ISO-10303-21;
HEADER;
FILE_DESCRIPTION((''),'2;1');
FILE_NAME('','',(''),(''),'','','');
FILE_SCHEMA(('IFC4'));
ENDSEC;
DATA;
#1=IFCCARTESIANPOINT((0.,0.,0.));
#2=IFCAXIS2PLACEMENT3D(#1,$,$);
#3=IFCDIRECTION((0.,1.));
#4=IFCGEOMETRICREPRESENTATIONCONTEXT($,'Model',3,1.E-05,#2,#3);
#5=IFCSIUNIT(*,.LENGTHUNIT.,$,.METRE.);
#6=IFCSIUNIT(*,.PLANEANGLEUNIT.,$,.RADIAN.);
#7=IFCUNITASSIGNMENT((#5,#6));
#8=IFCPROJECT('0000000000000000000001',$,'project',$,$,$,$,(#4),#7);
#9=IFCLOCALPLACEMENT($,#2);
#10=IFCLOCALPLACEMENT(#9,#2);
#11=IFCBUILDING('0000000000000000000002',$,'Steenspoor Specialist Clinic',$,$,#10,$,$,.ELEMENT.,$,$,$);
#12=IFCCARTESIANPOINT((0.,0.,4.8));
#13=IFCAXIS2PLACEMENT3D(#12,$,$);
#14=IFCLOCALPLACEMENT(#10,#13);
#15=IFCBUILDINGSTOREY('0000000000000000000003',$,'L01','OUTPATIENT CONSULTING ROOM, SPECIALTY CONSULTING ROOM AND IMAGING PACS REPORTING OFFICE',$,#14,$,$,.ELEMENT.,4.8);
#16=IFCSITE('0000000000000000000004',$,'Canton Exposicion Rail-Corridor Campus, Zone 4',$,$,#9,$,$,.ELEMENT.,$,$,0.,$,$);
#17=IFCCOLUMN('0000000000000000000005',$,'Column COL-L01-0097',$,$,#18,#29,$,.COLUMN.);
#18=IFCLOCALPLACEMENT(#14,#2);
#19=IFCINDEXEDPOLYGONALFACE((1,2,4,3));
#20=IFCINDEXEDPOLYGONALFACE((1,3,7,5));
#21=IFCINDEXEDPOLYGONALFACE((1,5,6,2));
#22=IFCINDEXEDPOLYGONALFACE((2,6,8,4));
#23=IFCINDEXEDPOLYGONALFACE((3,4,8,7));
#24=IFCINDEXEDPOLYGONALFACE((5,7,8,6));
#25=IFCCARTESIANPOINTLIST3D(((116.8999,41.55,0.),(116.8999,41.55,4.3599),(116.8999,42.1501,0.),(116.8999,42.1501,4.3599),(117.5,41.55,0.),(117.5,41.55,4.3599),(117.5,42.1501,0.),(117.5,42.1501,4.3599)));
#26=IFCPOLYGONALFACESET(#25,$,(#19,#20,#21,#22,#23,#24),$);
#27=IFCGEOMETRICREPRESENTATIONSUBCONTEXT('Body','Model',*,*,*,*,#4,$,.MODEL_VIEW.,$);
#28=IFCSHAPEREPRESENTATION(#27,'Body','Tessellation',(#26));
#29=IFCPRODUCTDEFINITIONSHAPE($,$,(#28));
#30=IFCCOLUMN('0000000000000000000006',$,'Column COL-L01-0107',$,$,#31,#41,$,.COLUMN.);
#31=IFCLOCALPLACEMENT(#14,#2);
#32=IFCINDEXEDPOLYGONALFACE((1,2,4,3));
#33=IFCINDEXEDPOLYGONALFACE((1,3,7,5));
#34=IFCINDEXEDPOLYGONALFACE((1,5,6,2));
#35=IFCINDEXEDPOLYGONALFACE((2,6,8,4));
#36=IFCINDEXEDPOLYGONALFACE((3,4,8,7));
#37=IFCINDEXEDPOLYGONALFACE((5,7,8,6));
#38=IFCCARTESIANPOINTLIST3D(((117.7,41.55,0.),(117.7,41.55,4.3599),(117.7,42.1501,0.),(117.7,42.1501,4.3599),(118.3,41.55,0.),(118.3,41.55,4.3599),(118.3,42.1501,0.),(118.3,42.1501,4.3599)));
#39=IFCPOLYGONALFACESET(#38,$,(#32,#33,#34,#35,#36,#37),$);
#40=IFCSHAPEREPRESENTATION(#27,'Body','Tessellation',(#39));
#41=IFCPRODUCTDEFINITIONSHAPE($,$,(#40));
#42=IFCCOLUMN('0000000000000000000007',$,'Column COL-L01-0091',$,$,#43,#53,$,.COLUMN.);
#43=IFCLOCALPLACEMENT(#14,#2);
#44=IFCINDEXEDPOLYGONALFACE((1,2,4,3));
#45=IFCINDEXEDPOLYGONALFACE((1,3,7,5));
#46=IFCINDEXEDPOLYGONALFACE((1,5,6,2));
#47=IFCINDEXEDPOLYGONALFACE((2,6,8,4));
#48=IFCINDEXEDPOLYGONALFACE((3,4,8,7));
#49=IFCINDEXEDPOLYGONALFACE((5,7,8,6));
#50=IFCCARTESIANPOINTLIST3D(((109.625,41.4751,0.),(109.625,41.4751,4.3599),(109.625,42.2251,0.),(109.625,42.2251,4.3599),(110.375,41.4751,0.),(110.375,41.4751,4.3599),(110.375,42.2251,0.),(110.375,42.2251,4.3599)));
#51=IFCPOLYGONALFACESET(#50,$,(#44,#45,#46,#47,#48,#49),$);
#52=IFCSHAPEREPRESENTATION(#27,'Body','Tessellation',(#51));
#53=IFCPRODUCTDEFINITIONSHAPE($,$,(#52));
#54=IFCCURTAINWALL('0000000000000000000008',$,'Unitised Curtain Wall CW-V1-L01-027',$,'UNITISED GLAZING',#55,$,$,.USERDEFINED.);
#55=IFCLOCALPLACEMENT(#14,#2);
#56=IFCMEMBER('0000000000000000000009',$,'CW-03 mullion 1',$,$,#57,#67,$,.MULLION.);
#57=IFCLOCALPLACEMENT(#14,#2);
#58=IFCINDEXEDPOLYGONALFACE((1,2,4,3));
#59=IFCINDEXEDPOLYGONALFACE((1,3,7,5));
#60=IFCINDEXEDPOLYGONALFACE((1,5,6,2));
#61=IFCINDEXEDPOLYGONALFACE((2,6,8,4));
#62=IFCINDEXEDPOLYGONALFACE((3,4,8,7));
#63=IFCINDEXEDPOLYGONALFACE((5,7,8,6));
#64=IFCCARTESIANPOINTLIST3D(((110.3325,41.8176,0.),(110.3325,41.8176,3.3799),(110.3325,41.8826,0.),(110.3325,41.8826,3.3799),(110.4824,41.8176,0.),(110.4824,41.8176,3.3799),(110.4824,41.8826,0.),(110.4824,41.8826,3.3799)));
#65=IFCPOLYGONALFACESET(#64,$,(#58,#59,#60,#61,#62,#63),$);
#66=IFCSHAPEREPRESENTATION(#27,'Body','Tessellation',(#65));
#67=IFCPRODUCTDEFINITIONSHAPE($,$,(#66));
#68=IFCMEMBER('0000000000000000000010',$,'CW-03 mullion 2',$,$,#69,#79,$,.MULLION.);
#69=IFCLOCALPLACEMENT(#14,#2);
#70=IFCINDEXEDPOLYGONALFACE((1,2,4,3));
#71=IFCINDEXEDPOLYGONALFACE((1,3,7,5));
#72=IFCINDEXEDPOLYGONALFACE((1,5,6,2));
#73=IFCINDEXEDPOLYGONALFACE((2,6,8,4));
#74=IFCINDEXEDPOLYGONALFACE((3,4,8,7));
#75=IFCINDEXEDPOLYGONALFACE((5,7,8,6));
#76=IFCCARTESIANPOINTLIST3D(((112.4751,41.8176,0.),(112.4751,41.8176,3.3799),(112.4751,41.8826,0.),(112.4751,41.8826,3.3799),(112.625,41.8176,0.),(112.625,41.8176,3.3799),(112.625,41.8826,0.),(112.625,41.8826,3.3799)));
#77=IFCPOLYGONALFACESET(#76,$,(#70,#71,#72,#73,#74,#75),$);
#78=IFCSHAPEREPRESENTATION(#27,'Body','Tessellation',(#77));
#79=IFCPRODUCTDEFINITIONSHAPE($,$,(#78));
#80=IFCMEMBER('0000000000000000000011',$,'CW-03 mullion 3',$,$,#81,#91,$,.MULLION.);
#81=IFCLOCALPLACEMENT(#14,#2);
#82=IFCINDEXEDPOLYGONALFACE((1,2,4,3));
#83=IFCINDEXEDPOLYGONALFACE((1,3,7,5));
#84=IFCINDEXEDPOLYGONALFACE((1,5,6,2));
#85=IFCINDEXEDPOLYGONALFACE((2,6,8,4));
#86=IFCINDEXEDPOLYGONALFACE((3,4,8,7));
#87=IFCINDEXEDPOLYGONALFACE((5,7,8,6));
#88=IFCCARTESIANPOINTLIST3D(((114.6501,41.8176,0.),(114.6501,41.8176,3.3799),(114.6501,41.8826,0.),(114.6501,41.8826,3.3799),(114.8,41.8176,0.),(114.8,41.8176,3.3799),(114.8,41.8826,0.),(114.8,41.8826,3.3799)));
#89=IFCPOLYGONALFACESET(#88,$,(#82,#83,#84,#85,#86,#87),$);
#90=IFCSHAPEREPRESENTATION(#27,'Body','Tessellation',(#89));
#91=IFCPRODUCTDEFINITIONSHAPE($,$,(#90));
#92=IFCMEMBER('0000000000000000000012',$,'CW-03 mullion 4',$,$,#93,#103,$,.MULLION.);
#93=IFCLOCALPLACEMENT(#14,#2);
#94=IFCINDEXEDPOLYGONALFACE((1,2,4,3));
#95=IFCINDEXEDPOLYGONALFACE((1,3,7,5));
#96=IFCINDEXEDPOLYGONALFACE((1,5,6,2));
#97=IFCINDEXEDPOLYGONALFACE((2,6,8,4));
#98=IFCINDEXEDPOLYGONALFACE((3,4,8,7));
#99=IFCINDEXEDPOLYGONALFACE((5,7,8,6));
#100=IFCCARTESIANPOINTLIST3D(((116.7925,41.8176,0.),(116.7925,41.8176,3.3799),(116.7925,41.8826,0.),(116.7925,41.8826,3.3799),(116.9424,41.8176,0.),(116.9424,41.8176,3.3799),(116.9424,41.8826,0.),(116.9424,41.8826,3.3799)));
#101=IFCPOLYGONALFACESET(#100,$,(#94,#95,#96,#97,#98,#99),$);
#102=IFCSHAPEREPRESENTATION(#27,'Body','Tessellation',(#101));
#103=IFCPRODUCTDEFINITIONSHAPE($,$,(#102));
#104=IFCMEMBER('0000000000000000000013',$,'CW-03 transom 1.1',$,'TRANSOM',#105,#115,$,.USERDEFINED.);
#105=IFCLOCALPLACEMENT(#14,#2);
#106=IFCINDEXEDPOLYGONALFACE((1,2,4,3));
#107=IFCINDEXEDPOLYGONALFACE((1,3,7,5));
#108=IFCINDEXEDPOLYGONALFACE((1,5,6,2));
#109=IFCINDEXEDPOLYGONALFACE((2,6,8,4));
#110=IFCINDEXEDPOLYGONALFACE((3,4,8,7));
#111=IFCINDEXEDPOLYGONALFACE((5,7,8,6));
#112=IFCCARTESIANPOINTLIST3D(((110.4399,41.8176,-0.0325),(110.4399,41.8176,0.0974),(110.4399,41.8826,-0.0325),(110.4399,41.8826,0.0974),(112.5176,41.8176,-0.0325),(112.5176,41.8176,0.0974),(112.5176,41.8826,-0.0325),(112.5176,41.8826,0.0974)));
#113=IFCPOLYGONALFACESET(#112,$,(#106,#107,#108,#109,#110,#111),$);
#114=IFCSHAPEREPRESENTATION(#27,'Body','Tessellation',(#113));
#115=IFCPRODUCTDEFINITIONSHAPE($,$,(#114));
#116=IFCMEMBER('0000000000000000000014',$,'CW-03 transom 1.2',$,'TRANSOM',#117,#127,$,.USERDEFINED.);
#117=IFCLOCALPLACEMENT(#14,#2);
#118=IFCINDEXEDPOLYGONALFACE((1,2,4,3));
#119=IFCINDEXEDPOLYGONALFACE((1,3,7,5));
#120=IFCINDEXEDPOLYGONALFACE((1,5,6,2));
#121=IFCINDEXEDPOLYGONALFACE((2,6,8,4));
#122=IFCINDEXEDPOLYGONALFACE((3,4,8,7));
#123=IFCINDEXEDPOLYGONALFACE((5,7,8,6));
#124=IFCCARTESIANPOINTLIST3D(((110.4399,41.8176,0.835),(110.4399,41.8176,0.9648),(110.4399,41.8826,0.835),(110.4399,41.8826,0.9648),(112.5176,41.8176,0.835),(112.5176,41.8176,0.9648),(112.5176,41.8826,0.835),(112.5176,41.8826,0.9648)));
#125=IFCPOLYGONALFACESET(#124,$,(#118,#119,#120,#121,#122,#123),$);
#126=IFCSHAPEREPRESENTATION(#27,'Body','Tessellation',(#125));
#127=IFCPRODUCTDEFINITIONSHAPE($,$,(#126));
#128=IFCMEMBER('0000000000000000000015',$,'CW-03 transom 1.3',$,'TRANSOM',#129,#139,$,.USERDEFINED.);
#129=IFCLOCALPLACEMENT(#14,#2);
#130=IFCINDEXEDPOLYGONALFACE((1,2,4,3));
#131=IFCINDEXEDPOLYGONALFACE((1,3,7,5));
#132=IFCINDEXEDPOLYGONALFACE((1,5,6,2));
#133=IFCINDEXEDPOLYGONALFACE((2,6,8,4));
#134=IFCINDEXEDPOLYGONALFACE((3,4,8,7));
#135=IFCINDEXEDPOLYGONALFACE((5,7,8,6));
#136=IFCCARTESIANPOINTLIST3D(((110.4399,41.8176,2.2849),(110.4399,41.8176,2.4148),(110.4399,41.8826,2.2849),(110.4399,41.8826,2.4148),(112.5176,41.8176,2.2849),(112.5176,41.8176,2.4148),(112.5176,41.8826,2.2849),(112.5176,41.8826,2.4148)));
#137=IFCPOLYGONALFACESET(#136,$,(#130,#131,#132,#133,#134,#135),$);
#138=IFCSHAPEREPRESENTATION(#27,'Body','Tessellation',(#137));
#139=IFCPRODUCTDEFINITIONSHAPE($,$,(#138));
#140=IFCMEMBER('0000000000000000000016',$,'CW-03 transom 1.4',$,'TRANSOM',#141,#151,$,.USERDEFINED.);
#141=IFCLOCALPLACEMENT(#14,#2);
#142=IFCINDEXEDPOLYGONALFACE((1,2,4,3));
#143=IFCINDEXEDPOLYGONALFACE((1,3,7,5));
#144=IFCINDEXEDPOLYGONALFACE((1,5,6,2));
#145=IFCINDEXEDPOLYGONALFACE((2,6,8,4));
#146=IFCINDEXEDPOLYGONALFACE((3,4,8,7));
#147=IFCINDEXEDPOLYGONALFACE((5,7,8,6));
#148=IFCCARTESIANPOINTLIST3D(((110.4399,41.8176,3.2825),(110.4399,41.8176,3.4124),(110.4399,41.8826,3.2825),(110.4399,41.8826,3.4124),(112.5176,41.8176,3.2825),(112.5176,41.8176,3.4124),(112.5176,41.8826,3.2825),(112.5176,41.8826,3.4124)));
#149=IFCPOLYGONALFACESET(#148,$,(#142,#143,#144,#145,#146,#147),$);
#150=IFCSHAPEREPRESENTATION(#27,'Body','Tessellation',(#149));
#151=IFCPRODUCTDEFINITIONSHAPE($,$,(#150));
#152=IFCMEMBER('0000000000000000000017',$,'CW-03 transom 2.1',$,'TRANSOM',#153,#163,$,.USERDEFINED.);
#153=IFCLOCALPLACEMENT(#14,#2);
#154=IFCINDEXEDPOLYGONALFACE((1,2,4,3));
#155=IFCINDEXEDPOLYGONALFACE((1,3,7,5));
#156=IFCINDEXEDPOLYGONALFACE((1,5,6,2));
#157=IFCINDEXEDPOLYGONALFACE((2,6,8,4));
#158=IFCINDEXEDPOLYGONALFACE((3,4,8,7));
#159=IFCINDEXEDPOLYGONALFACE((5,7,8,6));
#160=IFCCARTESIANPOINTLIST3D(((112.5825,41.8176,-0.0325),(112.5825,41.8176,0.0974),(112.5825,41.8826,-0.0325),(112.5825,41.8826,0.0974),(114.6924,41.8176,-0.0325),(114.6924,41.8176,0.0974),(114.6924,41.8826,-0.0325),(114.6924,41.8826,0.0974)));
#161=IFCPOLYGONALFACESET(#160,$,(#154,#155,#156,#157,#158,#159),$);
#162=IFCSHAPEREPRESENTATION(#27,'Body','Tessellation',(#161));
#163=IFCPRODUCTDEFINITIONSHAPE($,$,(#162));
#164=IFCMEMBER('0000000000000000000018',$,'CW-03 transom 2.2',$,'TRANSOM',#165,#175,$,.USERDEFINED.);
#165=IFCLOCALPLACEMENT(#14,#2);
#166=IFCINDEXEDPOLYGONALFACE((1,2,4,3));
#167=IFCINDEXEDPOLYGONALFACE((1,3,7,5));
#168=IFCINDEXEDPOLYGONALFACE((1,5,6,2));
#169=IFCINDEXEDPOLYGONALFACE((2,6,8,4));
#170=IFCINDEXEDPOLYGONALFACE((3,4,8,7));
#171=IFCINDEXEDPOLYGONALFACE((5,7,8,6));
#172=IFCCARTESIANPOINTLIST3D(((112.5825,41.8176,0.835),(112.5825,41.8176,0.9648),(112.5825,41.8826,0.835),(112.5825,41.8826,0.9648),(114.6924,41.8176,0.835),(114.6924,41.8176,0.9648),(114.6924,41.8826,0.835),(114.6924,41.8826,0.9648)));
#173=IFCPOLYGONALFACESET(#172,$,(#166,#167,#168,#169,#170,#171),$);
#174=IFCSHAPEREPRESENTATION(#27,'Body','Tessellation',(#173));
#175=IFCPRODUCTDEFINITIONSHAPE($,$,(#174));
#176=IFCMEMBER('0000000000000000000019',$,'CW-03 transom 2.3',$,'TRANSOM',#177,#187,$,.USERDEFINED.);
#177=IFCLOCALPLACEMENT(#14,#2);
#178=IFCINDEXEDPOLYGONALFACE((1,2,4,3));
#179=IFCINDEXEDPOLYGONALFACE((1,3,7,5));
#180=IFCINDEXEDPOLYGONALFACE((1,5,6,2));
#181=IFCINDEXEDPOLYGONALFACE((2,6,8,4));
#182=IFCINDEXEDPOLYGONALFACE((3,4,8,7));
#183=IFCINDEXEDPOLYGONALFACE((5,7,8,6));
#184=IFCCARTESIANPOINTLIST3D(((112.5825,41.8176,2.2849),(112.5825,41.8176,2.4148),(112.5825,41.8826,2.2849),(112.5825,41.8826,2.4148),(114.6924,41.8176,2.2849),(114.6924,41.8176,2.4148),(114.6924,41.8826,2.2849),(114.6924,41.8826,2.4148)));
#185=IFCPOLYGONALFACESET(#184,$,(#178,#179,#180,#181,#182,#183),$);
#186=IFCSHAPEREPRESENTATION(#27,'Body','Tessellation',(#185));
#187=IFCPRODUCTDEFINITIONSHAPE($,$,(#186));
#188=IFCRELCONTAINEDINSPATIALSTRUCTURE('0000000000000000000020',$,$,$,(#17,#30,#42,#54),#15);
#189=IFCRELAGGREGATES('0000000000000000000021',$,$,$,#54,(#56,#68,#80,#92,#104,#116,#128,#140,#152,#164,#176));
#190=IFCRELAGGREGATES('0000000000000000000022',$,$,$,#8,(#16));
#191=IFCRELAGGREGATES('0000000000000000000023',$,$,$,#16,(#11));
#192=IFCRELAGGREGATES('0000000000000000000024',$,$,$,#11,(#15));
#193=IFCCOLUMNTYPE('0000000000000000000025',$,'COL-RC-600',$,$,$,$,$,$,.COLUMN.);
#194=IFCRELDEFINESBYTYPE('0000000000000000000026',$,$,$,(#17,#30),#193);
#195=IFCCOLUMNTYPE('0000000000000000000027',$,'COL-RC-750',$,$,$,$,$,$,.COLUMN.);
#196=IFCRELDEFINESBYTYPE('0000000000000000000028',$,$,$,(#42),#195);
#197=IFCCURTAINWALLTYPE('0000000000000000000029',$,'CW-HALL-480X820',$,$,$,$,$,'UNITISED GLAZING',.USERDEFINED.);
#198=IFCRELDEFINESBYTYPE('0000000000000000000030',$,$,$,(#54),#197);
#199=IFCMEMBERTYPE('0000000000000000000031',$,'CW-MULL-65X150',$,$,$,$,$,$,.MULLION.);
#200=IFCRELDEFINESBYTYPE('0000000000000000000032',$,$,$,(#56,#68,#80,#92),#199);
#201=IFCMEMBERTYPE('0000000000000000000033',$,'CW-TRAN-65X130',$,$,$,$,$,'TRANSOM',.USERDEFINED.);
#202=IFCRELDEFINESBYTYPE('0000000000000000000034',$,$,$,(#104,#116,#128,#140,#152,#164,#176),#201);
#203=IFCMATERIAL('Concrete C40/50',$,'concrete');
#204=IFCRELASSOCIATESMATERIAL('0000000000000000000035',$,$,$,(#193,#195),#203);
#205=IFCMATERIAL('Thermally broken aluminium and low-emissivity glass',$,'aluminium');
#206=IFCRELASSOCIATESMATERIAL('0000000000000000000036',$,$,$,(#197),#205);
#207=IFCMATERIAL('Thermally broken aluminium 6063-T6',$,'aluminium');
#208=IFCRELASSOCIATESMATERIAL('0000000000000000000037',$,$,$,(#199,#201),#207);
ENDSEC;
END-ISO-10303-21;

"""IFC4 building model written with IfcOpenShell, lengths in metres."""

from ifc_helpers import new_model, si_unit, direction, frame, origin, origin_2d, place, context, subcontext, project, spatial, rectangle, extrude, material, material_profile, profile_set, type_object, element, aggregate, save


model = new_model("IFC4")

# Units and contexts
model_context = context("Model", 3, precision=1e-05, world=origin(), true_north=direction((0.0, 1.0)))
body_context = subcontext(model_context, "Body", "Model", "MODEL_VIEW")
ifc_project = project(units=[si_unit("LENGTHUNIT", "METRE"), si_unit("PLANEANGLEUNIT", "RADIAN")], contexts=[model_context])

# Site, building, storey
site_placement = place(None, origin())
site = spatial("IfcSite", under=ifc_project, at=site_placement, Name="Canton Exposicion Rail-Corridor Campus, Zone 4", CompositionType="ELEMENT", RefElevation=0.0)
building_placement = place(site_placement, origin())
building = spatial("IfcBuilding", under=site, at=building_placement, Name="Steenspoor Specialist Clinic", CompositionType="ELEMENT")
storey_placement = place(building_placement, frame((0.0, 0.0, 4.8)))
storey = spatial("IfcBuildingStorey", under=building, at=storey_placement, Name="L01", Description="OUTPATIENT CONSULTING ROOM, SPECIALTY CONSULTING ROOM AND IMAGING PACS REPORTING OFFICE", CompositionType="ELEMENT", Elevation=4.8)

# Columns
ifc_material_1 = material(Name="Concrete C40/50", Category="concrete")
ifc_material_profile_1 = material_profile(ifc_material_1, rectangle(XDim=0.6001, YDim=0.6001, at=origin_2d()), Name="RC-COL-600X600")
ifc_profile_set_1 = profile_set([ifc_material_profile_1], Name="Concrete C40/50")
column_type_1 = type_object("IfcColumnType", Name="COL-RC-600", PredefinedType="COLUMN", material=ifc_profile_set_1)
for number, where, z_axis, x_axis, name in (
    (1, (117.2, 41.8501, 0.0), (0.0, 0.0, 1.0), (1.0, 0.0, 0.0), "Column COL-L01-0097"),
    (2, (118.0, 41.8501, 0.0), (0.0, 0.0, 1.0), (1.0, 0.0, 0.0), "Column COL-L01-0107"),
):
    element("IfcColumn", number, at=place(storey_placement, frame(where, z_axis=z_axis, x_axis=x_axis)), inside=storey, type_object=column_type_1, Name=name, PredefinedType="COLUMN", context=body_context, shape_type="SweptSolid", body=[
        extrude(rectangle(XDim=0.6001, YDim=0.6001, at=origin_2d()), origin(), (0.0, 0.0, 1.0), 4.3599),
    ])
ifc_material_profile_2 = material_profile(ifc_material_1, rectangle(XDim=0.75, YDim=0.75, at=origin_2d()), Name="RC-COL-750X750")
ifc_profile_set_2 = profile_set([ifc_material_profile_2], Name="Concrete C40/50")
column_type_2 = type_object("IfcColumnType", Name="COL-RC-750", PredefinedType="COLUMN", material=ifc_profile_set_2)
column_placement = place(storey_placement, frame((110.0, 41.8501, 0.0), z_axis=(0.0, 0.0, 1.0), x_axis=(1.0, 0.0, 0.0)))
element("IfcColumn", 3, at=column_placement, inside=storey, type_object=column_type_2, Name="Column COL-L01-0091", PredefinedType="COLUMN", context=body_context, shape_type="SweptSolid", body=[
    extrude(rectangle(XDim=0.75, YDim=0.75, at=origin_2d()), origin(), (0.0, 0.0, 1.0), 4.3599),
])

# Curtain wall, members
ifc_material_2 = material(Name="Thermally broken aluminium and low-emissivity glass", Category="aluminium")
curtain_wall_type = type_object("IfcCurtainWallType", Name="CW-HALL-480X820", ElementType="UNITISED GLAZING", PredefinedType="USERDEFINED", material=ifc_material_2)
curtain_wall_placement = place(storey_placement, origin())
curtain_wall = element("IfcCurtainWall", 4, at=curtain_wall_placement, inside=storey, type_object=curtain_wall_type, Name="Unitised Curtain Wall CW-V1-L01-027", ObjectType="UNITISED GLAZING", PredefinedType="USERDEFINED")
ifc_material_3 = material(Name="Thermally broken aluminium 6063-T6", Category="aluminium")
ifc_material_profile_3 = material_profile(ifc_material_3, rectangle(XDim=0.0649, YDim=0.1499, at=origin_2d()), Name="CWM-65X150")
ifc_profile_set_3 = profile_set([ifc_material_profile_3], Name="Thermally broken aluminium 6063-T6")
member_type_1 = type_object("IfcMemberType", Name="CW-MULL-65X150", PredefinedType="MULLION", material=ifc_profile_set_3)
member_1_placement = place(storey_placement, frame((110.4075, 41.8501, 0.0), z_axis=(0.0, 0.0, 1.0), x_axis=(0.0, 1.0, 0.0)))
member_1 = element("IfcMember", 5, at=member_1_placement, type_object=member_type_1, Name="CW-03 mullion 1", PredefinedType="MULLION", context=body_context, shape_type="SweptSolid", body=[
    extrude(rectangle(XDim=0.0649, YDim=0.1499, at=origin_2d()), origin(), (0.0, 0.0, 1.0), 3.3799),
])
member_2_placement = place(storey_placement, frame((112.55, 41.8501, 0.0), z_axis=(0.0, 0.0, 1.0), x_axis=(0.0, 1.0, 0.0)))
member_2 = element("IfcMember", 6, at=member_2_placement, type_object=member_type_1, Name="CW-03 mullion 2", PredefinedType="MULLION", context=body_context, shape_type="SweptSolid", body=[
    extrude(rectangle(XDim=0.0649, YDim=0.1499, at=origin_2d()), origin(), (0.0, 0.0, 1.0), 3.3799),
])
member_3_placement = place(storey_placement, frame((114.7251, 41.8501, 0.0), z_axis=(0.0, 0.0, 1.0), x_axis=(0.0, 1.0, 0.0)))
member_3 = element("IfcMember", 7, at=member_3_placement, type_object=member_type_1, Name="CW-03 mullion 3", PredefinedType="MULLION", context=body_context, shape_type="SweptSolid", body=[
    extrude(rectangle(XDim=0.0649, YDim=0.1499, at=origin_2d()), origin(), (0.0, 0.0, 1.0), 3.3799),
])
member_4_placement = place(storey_placement, frame((116.8674, 41.8501, 0.0), z_axis=(0.0, 0.0, 1.0), x_axis=(0.0, 1.0, 0.0)))
member_4 = element("IfcMember", 8, at=member_4_placement, type_object=member_type_1, Name="CW-03 mullion 4", PredefinedType="MULLION", context=body_context, shape_type="SweptSolid", body=[
    extrude(rectangle(XDim=0.0649, YDim=0.1499, at=origin_2d()), origin(), (0.0, 0.0, 1.0), 3.3799),
])
ifc_material_profile_4 = material_profile(ifc_material_3, rectangle(XDim=0.0649, YDim=0.1299, at=origin_2d()), Name="CWT-65X130")
ifc_profile_set_4 = profile_set([ifc_material_profile_4], Name="Thermally broken aluminium 6063-T6")
member_type_2 = type_object("IfcMemberType", Name="CW-TRAN-65X130", ElementType="TRANSOM", PredefinedType="USERDEFINED", material=ifc_profile_set_4)
member_5_placement = place(storey_placement, frame((110.4399, 41.8501, 0.0325), z_axis=(1.0, 0.0, 0.0), x_axis=(0.0, 1.0, 0.0)))
member_5 = element("IfcMember", 9, at=member_5_placement, type_object=member_type_2, Name="CW-03 transom 1.1", ObjectType="TRANSOM", PredefinedType="USERDEFINED", context=body_context, shape_type="SweptSolid", body=[
    extrude(rectangle(XDim=0.0649, YDim=0.1299, at=origin_2d()), origin(), (0.0, 0.0, 1.0), 2.0776),
])
member_6_placement = place(storey_placement, frame((110.4399, 41.8501, 0.8999), z_axis=(1.0, 0.0, 0.0), x_axis=(0.0, 1.0, 0.0)))
member_6 = element("IfcMember", 10, at=member_6_placement, type_object=member_type_2, Name="CW-03 transom 1.2", ObjectType="TRANSOM", PredefinedType="USERDEFINED", context=body_context, shape_type="SweptSolid", body=[
    extrude(rectangle(XDim=0.0649, YDim=0.1299, at=origin_2d()), origin(), (0.0, 0.0, 1.0), 2.0776),
])
member_7_placement = place(storey_placement, frame((110.4399, 41.8501, 2.3499), z_axis=(1.0, 0.0, 0.0), x_axis=(0.0, 1.0, 0.0)))
member_7 = element("IfcMember", 11, at=member_7_placement, type_object=member_type_2, Name="CW-03 transom 1.3", ObjectType="TRANSOM", PredefinedType="USERDEFINED", context=body_context, shape_type="SweptSolid", body=[
    extrude(rectangle(XDim=0.0649, YDim=0.1299, at=origin_2d()), origin(), (0.0, 0.0, 1.0), 2.0776),
])
member_8_placement = place(storey_placement, frame((110.4399, 41.8501, 3.3474), z_axis=(1.0, 0.0, 0.0), x_axis=(0.0, 1.0, 0.0)))
member_8 = element("IfcMember", 12, at=member_8_placement, type_object=member_type_2, Name="CW-03 transom 1.4", ObjectType="TRANSOM", PredefinedType="USERDEFINED", context=body_context, shape_type="SweptSolid", body=[
    extrude(rectangle(XDim=0.0649, YDim=0.1299, at=origin_2d()), origin(), (0.0, 0.0, 1.0), 2.0776),
])
member_9_placement = place(storey_placement, frame((112.5825, 41.8501, 0.0325), z_axis=(1.0, 0.0, 0.0), x_axis=(0.0, 1.0, 0.0)))
member_9 = element("IfcMember", 13, at=member_9_placement, type_object=member_type_2, Name="CW-03 transom 2.1", ObjectType="TRANSOM", PredefinedType="USERDEFINED", context=body_context, shape_type="SweptSolid", body=[
    extrude(rectangle(XDim=0.0649, YDim=0.1299, at=origin_2d()), origin(), (0.0, 0.0, 1.0), 2.1099),
])
member_10_placement = place(storey_placement, frame((112.5825, 41.8501, 0.8999), z_axis=(1.0, 0.0, 0.0), x_axis=(0.0, 1.0, 0.0)))
member_10 = element("IfcMember", 14, at=member_10_placement, type_object=member_type_2, Name="CW-03 transom 2.2", ObjectType="TRANSOM", PredefinedType="USERDEFINED", context=body_context, shape_type="SweptSolid", body=[
    extrude(rectangle(XDim=0.0649, YDim=0.1299, at=origin_2d()), origin(), (0.0, 0.0, 1.0), 2.1099),
])
member_11_placement = place(storey_placement, frame((112.5825, 41.8501, 2.3499), z_axis=(1.0, 0.0, 0.0), x_axis=(0.0, 1.0, 0.0)))
member_11 = element("IfcMember", 15, at=member_11_placement, type_object=member_type_2, Name="CW-03 transom 2.3", ObjectType="TRANSOM", PredefinedType="USERDEFINED", context=body_context, shape_type="SweptSolid", body=[
    extrude(rectangle(XDim=0.0649, YDim=0.1299, at=origin_2d()), origin(), (0.0, 0.0, 1.0), 2.1099),
])

aggregate(curtain_wall, [member_1, member_2, member_3, member_4, member_5, member_6, member_7, member_8, member_9, member_10, member_11])

save(model, "model.ifc")
